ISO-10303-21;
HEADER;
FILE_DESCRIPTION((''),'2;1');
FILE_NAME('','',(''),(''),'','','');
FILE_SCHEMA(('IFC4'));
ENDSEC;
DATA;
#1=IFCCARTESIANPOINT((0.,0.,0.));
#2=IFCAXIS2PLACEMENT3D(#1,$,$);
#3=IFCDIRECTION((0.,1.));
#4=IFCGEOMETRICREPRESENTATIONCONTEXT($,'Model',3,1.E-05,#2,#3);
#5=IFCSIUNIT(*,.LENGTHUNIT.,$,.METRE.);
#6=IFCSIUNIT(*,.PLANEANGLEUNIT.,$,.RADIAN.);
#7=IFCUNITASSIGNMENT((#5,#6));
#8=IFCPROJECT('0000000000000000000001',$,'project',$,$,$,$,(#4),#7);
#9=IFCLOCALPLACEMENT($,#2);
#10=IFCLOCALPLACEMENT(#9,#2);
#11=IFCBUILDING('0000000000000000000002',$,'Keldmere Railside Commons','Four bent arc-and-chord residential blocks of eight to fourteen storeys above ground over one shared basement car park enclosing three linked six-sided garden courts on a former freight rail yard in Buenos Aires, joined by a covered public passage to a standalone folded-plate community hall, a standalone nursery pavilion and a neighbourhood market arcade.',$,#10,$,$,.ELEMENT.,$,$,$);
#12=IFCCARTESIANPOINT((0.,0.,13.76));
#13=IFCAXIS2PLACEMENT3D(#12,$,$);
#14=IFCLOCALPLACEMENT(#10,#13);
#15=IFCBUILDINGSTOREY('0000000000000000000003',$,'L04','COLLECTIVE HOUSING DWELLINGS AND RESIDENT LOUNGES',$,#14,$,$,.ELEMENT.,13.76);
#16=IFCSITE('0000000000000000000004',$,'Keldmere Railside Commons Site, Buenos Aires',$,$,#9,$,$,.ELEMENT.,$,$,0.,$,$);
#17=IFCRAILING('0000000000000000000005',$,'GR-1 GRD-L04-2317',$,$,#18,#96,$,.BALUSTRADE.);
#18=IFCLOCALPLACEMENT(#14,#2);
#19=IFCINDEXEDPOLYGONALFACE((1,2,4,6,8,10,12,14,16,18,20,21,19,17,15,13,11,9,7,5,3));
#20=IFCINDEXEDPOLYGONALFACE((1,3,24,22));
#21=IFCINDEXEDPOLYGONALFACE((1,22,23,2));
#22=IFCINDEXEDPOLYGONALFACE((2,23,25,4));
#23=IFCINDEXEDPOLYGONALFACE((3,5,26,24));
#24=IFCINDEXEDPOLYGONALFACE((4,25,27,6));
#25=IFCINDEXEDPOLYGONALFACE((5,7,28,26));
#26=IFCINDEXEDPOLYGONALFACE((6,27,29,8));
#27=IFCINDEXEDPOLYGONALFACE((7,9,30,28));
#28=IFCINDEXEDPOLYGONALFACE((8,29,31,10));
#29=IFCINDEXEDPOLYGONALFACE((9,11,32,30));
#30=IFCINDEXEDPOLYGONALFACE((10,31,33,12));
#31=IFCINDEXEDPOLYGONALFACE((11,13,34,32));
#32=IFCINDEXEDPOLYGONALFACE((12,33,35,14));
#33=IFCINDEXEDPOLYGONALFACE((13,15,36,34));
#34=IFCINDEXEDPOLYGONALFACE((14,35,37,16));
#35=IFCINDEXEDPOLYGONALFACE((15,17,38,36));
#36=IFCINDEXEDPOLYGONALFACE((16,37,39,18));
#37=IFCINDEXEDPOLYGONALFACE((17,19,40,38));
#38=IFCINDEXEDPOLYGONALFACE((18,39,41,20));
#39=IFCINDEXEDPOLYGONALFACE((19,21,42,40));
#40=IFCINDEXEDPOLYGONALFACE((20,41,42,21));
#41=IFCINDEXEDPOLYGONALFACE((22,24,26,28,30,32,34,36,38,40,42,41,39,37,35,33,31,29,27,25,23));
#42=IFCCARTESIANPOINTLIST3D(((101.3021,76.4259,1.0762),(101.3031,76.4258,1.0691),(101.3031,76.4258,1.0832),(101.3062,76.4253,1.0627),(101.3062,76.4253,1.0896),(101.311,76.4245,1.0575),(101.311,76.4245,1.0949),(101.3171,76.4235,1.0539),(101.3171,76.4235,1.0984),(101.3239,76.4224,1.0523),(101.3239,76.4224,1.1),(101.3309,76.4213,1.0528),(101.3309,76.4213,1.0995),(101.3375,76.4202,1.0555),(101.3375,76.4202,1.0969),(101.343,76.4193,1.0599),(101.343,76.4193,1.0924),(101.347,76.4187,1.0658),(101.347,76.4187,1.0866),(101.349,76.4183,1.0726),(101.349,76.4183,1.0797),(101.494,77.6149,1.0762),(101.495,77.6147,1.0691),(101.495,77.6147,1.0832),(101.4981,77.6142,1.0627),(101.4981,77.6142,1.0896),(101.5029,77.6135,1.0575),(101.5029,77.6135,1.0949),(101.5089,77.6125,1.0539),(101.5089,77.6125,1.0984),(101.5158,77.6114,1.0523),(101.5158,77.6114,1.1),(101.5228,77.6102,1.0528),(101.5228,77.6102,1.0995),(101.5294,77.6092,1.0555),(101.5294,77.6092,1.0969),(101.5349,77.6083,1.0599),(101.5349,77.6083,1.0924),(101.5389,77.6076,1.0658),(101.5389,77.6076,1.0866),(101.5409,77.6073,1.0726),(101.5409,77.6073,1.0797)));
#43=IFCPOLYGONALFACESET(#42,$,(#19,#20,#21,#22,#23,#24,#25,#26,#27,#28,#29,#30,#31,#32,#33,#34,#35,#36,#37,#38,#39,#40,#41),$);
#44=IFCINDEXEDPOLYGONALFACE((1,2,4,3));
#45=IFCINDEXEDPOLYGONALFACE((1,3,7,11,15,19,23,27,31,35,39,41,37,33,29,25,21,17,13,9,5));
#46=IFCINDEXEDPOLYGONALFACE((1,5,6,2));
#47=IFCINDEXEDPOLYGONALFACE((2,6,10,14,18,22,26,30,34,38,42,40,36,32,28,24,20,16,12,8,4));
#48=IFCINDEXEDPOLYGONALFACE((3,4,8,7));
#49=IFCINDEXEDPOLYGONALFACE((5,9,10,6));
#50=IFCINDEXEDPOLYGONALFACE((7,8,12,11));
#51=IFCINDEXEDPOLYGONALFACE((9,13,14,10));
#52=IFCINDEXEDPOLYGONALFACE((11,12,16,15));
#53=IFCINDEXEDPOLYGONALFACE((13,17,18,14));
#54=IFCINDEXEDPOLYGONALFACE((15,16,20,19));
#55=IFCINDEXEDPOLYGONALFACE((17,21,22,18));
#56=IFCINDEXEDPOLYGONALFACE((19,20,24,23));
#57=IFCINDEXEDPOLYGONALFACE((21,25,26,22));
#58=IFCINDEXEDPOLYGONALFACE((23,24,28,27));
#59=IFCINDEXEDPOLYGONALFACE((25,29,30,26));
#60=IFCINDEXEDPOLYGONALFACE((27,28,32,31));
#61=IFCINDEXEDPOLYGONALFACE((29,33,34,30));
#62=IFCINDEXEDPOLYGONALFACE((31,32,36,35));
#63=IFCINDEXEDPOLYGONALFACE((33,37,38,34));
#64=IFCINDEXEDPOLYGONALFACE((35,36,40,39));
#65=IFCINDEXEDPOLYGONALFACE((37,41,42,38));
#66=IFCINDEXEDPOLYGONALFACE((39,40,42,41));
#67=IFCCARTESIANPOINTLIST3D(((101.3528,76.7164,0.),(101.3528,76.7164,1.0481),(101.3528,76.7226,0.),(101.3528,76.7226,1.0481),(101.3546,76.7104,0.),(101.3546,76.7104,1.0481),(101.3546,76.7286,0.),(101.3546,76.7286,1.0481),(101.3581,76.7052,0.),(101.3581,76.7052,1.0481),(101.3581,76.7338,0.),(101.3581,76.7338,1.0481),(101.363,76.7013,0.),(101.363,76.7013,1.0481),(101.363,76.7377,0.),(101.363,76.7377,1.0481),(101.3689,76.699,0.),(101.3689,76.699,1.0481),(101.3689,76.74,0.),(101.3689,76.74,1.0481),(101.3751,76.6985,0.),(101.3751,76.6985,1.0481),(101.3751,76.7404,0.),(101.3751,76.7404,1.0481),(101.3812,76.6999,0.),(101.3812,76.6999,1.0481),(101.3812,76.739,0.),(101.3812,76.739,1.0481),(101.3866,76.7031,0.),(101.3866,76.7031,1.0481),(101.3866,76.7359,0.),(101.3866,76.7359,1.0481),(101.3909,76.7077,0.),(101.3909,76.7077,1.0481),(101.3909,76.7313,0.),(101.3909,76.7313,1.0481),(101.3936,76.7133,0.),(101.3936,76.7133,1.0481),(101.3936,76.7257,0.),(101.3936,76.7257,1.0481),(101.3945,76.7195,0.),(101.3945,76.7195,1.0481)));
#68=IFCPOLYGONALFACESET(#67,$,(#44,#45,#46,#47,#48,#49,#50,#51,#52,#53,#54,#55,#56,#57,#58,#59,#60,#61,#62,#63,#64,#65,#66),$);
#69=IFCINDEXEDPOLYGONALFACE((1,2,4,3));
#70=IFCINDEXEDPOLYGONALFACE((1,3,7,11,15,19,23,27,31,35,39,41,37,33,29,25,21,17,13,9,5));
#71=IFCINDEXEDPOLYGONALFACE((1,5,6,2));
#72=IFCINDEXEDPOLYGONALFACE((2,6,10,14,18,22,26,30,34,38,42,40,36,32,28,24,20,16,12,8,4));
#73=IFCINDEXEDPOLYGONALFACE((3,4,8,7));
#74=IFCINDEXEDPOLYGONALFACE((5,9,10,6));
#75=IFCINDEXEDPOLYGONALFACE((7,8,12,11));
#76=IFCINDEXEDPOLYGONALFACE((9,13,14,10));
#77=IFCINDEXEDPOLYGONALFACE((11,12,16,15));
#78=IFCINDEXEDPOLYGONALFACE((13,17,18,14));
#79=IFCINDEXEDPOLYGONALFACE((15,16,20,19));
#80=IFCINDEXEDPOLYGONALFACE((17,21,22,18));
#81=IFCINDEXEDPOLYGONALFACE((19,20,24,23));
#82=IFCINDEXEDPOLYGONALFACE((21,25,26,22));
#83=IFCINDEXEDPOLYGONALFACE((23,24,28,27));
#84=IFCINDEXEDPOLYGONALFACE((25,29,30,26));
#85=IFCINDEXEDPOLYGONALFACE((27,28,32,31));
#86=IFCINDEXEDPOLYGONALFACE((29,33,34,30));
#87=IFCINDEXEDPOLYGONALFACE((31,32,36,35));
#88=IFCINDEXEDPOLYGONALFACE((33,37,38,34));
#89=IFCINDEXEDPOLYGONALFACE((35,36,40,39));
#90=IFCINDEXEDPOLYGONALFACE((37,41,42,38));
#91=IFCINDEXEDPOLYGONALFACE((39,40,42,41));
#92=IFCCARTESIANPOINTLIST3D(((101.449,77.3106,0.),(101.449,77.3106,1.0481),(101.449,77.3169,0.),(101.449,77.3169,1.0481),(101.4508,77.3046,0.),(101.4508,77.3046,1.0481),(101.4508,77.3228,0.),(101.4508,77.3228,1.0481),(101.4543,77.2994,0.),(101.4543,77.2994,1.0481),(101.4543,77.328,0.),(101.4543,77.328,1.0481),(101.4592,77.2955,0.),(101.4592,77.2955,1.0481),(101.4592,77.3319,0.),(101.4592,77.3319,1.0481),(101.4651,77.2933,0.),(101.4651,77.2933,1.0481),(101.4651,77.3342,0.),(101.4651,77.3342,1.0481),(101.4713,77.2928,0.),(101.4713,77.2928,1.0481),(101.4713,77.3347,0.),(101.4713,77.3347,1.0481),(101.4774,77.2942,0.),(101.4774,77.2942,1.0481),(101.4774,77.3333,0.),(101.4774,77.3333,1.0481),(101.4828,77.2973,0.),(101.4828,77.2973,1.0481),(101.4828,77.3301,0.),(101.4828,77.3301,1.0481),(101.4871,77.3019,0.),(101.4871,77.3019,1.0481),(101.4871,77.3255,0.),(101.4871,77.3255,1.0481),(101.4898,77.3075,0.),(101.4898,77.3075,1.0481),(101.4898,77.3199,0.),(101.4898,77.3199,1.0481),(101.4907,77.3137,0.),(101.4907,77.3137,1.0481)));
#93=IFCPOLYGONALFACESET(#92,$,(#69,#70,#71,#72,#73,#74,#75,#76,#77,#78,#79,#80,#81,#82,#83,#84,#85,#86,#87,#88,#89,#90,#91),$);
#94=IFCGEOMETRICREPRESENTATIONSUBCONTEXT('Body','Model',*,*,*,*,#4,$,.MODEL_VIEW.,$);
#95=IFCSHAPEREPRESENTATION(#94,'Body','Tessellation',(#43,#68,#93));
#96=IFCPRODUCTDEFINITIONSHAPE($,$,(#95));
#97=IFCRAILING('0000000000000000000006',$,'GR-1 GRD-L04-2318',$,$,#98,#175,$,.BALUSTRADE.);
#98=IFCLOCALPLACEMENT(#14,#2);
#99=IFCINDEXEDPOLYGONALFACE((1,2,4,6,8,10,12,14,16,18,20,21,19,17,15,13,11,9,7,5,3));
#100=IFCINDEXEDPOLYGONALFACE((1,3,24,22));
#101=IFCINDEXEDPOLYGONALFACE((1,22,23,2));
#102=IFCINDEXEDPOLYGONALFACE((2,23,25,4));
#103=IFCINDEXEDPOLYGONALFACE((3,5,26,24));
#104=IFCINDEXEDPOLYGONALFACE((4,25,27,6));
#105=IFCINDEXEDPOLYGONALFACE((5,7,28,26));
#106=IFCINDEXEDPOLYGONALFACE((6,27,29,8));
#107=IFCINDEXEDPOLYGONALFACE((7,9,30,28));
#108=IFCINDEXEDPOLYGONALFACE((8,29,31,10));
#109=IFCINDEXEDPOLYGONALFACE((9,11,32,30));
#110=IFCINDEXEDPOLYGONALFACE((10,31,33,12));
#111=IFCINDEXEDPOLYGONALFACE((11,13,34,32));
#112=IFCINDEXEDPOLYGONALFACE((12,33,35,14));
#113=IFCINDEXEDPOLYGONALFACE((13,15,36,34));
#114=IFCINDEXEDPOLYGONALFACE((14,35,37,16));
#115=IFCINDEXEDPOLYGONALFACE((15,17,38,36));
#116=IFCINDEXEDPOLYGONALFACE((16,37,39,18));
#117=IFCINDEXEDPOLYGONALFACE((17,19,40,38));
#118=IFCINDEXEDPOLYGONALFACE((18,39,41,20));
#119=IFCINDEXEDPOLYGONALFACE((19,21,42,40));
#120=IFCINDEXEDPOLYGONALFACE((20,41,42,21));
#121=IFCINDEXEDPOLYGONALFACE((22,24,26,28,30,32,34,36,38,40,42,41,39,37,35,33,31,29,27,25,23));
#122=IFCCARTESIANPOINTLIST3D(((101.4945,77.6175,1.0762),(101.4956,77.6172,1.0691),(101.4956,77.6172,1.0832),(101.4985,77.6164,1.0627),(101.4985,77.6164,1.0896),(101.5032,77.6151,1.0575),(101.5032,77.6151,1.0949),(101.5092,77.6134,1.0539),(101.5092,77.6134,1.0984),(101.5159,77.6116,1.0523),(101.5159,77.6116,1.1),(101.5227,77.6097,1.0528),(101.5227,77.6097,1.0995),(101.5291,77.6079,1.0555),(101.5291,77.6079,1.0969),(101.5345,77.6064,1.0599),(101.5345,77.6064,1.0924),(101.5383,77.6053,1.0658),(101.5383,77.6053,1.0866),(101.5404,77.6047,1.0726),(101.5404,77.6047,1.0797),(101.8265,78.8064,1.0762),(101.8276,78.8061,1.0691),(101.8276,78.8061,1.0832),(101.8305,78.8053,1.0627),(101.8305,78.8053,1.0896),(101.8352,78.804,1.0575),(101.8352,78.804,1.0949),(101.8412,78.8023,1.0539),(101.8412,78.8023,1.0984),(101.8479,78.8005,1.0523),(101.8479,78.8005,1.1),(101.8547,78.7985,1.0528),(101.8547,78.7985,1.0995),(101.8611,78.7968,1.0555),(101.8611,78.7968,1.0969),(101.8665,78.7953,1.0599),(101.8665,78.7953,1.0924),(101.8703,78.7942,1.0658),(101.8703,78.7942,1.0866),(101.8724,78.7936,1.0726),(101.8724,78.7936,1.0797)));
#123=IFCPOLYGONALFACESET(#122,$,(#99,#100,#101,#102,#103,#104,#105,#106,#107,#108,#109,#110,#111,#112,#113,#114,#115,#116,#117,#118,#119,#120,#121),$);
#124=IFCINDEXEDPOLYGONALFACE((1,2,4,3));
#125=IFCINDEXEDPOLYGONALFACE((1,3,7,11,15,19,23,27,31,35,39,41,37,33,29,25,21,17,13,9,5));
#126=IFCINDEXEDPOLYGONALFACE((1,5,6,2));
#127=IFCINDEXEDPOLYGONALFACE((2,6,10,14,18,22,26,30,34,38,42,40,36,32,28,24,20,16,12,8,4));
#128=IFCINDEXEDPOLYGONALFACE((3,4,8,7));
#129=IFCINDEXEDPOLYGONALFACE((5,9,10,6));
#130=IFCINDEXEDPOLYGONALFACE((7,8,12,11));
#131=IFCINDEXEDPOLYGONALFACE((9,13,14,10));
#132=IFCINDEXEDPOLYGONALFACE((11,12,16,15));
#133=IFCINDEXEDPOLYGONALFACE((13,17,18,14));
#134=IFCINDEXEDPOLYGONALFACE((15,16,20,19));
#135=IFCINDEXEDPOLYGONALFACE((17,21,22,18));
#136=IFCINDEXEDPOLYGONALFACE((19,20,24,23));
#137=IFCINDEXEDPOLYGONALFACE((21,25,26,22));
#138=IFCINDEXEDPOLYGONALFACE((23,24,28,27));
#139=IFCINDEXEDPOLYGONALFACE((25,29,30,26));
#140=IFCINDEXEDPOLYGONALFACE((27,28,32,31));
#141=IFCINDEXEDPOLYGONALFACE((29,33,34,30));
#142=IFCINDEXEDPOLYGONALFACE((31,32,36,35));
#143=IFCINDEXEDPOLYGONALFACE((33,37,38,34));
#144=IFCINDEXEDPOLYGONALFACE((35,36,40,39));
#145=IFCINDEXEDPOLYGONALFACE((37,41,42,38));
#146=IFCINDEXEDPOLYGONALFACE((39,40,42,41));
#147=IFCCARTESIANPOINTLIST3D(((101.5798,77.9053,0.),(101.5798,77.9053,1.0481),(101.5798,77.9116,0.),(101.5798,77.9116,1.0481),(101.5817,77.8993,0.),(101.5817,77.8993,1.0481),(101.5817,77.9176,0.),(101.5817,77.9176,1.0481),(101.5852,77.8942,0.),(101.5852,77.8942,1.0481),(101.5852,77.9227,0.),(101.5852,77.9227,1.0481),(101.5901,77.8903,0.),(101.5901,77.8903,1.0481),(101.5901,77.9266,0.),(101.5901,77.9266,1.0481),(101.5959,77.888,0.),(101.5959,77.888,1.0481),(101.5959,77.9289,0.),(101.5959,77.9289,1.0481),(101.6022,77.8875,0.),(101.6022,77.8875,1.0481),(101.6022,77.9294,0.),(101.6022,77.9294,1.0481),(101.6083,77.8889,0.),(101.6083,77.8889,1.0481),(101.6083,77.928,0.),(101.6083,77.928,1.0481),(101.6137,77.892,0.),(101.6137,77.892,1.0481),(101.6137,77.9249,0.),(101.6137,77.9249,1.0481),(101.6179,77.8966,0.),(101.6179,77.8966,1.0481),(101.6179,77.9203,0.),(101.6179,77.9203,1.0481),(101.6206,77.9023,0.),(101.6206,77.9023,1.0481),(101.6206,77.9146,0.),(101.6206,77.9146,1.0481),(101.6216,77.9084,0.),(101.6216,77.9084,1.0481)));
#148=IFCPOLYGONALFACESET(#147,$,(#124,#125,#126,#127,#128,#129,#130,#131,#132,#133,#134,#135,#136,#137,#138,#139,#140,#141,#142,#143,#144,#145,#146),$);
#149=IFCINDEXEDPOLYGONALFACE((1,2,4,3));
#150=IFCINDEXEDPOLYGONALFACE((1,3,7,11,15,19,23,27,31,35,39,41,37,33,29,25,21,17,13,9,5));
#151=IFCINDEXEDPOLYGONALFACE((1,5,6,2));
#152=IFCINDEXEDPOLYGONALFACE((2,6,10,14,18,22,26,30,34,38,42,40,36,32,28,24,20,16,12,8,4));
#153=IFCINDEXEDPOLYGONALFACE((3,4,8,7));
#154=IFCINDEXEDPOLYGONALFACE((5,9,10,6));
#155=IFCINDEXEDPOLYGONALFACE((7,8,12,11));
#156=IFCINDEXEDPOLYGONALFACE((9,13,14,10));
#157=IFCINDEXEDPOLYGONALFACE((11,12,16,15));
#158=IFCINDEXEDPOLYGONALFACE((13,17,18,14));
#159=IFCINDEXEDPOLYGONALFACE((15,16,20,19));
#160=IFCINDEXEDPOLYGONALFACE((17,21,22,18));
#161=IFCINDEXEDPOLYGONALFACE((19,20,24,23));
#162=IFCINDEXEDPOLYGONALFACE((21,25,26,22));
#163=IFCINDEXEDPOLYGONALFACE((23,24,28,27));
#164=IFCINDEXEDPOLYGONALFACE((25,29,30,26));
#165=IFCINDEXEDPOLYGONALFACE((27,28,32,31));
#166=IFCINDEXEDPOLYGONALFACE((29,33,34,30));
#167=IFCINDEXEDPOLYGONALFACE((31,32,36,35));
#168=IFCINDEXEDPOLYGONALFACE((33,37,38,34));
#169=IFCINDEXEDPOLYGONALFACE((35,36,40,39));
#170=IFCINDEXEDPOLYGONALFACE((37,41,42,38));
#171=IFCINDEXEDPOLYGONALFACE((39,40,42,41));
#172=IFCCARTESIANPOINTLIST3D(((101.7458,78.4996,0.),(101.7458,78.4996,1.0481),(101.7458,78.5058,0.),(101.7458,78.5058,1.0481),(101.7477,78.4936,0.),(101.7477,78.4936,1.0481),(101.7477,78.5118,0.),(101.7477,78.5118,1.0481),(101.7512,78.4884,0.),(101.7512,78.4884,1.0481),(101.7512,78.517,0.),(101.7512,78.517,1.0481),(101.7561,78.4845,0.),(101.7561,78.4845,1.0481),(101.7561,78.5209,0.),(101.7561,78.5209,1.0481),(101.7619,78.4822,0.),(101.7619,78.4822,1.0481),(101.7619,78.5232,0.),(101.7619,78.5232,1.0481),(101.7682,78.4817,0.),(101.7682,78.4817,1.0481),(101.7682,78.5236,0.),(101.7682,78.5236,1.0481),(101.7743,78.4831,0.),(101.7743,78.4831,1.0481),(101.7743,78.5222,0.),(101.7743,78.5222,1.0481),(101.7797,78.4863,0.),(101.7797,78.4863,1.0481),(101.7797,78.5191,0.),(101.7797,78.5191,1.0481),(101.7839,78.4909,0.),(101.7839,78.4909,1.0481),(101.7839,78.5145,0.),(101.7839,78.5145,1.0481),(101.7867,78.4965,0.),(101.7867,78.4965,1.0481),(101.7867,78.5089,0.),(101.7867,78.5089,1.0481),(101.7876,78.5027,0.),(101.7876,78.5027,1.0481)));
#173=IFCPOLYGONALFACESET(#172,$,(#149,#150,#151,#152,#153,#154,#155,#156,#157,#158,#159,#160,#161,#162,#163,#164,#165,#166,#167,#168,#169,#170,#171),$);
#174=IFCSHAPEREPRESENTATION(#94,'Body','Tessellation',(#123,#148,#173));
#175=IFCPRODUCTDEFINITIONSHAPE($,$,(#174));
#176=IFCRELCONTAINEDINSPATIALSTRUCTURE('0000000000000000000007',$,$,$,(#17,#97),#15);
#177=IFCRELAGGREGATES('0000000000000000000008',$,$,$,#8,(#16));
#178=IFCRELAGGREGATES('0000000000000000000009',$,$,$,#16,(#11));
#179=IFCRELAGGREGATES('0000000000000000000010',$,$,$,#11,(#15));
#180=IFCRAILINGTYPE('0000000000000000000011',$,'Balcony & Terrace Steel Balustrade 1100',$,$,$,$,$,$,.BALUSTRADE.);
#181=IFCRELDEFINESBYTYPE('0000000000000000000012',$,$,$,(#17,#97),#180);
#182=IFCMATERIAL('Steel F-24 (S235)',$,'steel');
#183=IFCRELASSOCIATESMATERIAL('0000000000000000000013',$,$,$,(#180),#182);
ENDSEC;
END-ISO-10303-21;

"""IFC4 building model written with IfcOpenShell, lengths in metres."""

from ifc_helpers import new_model, si_unit, direction, frame, origin, origin_2d, place, context, subcontext, project, spatial, circle, extrude, material, type_object, element, save


model = new_model("IFC4")

# Units and contexts
model_context = context("Model", 3, precision=1e-05, world=origin(), true_north=direction((0.0, 1.0)))
body_context = subcontext(model_context, "Body", "Model", "MODEL_VIEW")
ifc_project = project(units=[si_unit("LENGTHUNIT", "METRE"), si_unit("PLANEANGLEUNIT", "RADIAN")], contexts=[model_context])

# Site, building, storey
site_placement = place(None, origin())
site = spatial("IfcSite", under=ifc_project, at=site_placement, Name="Keldmere Railside Commons Site, Buenos Aires", CompositionType="ELEMENT", RefElevation=0.0)
building_placement = place(site_placement, origin())
building = spatial("IfcBuilding", under=site, at=building_placement, Name="Keldmere Railside Commons", Description="Four bent arc-and-chord residential blocks of eight to fourteen storeys above ground over one shared basement car park enclosing three linked six-sided garden courts on a former freight rail yard in Buenos Aires, joined by a covered public passage to a standalone folded-plate community hall, a standalone nursery pavilion and a neighbourhood market arcade.", CompositionType="ELEMENT")
storey_placement = place(building_placement, frame((0.0, 0.0, 13.76)))
storey = spatial("IfcBuildingStorey", under=building, at=storey_placement, Name="L04", Description="COLLECTIVE HOUSING DWELLINGS AND RESIDENT LOUNGES", CompositionType="ELEMENT", Elevation=13.76)

# Shared definitions
ifc_material_1 = material(Name="Steel F-24 (S235)", Category="steel")

# Railings
railing_type_1 = type_object("IfcRailingType", Name="Balcony & Terrace Steel Balustrade 1100", PredefinedType="BALUSTRADE", material=ifc_material_1)
railing_1_placement = place(storey_placement, frame((101.3257, 76.4221, 0.0)))
element("IfcRailing", 1, at=railing_1_placement, inside=storey, type_object=railing_type_1, Name="GR-1 GRD-L04-2317", PredefinedType="BALUSTRADE", context=body_context, shape_type="SweptSolid", body=[
    extrude(circle(Radius=0.0239, at=origin_2d()), frame((0.0, 0.0, 1.0762), z_axis=(0.159334, 0.987225, 0.0), x_axis=(-0.987225, 0.159334, 0.0)), (0.0, 0.0, 1.0), 1.2043),
    extrude(circle(Radius=0.021, at=origin_2d()), frame((0.0479, 0.2974, 0.0)), (0.0, 0.0, 1.0), 1.0481),
    extrude(circle(Radius=0.021, at=origin_2d()), frame((0.144, 0.8916, 0.0)), (0.0, 0.0, 1.0), 1.0481),
])
railing_2_placement = place(storey_placement, frame((101.5176, 77.6111, 0.0)))
element("IfcRailing", 2, at=railing_2_placement, inside=storey, type_object=railing_type_1, Name="GR-1 GRD-L04-2318", PredefinedType="BALUSTRADE", context=body_context, shape_type="SweptSolid", body=[
    extrude(circle(Radius=0.0239, at=origin_2d()), frame((0.0, 0.0, 1.0762), z_axis=(0.26897, 0.963149, 0.0), x_axis=(-0.963149, 0.26897, 0.0)), (0.0, 0.0, 1.0), 1.2344),
    extrude(circle(Radius=0.021, at=origin_2d()), frame((0.083, 0.2974, 0.0)), (0.0, 0.0, 1.0), 1.0481),
    extrude(circle(Radius=0.021, at=origin_2d()), frame((0.249, 0.8916, 0.0)), (0.0, 0.0, 1.0), 1.0481),
])

save(model, "model.ifc")
